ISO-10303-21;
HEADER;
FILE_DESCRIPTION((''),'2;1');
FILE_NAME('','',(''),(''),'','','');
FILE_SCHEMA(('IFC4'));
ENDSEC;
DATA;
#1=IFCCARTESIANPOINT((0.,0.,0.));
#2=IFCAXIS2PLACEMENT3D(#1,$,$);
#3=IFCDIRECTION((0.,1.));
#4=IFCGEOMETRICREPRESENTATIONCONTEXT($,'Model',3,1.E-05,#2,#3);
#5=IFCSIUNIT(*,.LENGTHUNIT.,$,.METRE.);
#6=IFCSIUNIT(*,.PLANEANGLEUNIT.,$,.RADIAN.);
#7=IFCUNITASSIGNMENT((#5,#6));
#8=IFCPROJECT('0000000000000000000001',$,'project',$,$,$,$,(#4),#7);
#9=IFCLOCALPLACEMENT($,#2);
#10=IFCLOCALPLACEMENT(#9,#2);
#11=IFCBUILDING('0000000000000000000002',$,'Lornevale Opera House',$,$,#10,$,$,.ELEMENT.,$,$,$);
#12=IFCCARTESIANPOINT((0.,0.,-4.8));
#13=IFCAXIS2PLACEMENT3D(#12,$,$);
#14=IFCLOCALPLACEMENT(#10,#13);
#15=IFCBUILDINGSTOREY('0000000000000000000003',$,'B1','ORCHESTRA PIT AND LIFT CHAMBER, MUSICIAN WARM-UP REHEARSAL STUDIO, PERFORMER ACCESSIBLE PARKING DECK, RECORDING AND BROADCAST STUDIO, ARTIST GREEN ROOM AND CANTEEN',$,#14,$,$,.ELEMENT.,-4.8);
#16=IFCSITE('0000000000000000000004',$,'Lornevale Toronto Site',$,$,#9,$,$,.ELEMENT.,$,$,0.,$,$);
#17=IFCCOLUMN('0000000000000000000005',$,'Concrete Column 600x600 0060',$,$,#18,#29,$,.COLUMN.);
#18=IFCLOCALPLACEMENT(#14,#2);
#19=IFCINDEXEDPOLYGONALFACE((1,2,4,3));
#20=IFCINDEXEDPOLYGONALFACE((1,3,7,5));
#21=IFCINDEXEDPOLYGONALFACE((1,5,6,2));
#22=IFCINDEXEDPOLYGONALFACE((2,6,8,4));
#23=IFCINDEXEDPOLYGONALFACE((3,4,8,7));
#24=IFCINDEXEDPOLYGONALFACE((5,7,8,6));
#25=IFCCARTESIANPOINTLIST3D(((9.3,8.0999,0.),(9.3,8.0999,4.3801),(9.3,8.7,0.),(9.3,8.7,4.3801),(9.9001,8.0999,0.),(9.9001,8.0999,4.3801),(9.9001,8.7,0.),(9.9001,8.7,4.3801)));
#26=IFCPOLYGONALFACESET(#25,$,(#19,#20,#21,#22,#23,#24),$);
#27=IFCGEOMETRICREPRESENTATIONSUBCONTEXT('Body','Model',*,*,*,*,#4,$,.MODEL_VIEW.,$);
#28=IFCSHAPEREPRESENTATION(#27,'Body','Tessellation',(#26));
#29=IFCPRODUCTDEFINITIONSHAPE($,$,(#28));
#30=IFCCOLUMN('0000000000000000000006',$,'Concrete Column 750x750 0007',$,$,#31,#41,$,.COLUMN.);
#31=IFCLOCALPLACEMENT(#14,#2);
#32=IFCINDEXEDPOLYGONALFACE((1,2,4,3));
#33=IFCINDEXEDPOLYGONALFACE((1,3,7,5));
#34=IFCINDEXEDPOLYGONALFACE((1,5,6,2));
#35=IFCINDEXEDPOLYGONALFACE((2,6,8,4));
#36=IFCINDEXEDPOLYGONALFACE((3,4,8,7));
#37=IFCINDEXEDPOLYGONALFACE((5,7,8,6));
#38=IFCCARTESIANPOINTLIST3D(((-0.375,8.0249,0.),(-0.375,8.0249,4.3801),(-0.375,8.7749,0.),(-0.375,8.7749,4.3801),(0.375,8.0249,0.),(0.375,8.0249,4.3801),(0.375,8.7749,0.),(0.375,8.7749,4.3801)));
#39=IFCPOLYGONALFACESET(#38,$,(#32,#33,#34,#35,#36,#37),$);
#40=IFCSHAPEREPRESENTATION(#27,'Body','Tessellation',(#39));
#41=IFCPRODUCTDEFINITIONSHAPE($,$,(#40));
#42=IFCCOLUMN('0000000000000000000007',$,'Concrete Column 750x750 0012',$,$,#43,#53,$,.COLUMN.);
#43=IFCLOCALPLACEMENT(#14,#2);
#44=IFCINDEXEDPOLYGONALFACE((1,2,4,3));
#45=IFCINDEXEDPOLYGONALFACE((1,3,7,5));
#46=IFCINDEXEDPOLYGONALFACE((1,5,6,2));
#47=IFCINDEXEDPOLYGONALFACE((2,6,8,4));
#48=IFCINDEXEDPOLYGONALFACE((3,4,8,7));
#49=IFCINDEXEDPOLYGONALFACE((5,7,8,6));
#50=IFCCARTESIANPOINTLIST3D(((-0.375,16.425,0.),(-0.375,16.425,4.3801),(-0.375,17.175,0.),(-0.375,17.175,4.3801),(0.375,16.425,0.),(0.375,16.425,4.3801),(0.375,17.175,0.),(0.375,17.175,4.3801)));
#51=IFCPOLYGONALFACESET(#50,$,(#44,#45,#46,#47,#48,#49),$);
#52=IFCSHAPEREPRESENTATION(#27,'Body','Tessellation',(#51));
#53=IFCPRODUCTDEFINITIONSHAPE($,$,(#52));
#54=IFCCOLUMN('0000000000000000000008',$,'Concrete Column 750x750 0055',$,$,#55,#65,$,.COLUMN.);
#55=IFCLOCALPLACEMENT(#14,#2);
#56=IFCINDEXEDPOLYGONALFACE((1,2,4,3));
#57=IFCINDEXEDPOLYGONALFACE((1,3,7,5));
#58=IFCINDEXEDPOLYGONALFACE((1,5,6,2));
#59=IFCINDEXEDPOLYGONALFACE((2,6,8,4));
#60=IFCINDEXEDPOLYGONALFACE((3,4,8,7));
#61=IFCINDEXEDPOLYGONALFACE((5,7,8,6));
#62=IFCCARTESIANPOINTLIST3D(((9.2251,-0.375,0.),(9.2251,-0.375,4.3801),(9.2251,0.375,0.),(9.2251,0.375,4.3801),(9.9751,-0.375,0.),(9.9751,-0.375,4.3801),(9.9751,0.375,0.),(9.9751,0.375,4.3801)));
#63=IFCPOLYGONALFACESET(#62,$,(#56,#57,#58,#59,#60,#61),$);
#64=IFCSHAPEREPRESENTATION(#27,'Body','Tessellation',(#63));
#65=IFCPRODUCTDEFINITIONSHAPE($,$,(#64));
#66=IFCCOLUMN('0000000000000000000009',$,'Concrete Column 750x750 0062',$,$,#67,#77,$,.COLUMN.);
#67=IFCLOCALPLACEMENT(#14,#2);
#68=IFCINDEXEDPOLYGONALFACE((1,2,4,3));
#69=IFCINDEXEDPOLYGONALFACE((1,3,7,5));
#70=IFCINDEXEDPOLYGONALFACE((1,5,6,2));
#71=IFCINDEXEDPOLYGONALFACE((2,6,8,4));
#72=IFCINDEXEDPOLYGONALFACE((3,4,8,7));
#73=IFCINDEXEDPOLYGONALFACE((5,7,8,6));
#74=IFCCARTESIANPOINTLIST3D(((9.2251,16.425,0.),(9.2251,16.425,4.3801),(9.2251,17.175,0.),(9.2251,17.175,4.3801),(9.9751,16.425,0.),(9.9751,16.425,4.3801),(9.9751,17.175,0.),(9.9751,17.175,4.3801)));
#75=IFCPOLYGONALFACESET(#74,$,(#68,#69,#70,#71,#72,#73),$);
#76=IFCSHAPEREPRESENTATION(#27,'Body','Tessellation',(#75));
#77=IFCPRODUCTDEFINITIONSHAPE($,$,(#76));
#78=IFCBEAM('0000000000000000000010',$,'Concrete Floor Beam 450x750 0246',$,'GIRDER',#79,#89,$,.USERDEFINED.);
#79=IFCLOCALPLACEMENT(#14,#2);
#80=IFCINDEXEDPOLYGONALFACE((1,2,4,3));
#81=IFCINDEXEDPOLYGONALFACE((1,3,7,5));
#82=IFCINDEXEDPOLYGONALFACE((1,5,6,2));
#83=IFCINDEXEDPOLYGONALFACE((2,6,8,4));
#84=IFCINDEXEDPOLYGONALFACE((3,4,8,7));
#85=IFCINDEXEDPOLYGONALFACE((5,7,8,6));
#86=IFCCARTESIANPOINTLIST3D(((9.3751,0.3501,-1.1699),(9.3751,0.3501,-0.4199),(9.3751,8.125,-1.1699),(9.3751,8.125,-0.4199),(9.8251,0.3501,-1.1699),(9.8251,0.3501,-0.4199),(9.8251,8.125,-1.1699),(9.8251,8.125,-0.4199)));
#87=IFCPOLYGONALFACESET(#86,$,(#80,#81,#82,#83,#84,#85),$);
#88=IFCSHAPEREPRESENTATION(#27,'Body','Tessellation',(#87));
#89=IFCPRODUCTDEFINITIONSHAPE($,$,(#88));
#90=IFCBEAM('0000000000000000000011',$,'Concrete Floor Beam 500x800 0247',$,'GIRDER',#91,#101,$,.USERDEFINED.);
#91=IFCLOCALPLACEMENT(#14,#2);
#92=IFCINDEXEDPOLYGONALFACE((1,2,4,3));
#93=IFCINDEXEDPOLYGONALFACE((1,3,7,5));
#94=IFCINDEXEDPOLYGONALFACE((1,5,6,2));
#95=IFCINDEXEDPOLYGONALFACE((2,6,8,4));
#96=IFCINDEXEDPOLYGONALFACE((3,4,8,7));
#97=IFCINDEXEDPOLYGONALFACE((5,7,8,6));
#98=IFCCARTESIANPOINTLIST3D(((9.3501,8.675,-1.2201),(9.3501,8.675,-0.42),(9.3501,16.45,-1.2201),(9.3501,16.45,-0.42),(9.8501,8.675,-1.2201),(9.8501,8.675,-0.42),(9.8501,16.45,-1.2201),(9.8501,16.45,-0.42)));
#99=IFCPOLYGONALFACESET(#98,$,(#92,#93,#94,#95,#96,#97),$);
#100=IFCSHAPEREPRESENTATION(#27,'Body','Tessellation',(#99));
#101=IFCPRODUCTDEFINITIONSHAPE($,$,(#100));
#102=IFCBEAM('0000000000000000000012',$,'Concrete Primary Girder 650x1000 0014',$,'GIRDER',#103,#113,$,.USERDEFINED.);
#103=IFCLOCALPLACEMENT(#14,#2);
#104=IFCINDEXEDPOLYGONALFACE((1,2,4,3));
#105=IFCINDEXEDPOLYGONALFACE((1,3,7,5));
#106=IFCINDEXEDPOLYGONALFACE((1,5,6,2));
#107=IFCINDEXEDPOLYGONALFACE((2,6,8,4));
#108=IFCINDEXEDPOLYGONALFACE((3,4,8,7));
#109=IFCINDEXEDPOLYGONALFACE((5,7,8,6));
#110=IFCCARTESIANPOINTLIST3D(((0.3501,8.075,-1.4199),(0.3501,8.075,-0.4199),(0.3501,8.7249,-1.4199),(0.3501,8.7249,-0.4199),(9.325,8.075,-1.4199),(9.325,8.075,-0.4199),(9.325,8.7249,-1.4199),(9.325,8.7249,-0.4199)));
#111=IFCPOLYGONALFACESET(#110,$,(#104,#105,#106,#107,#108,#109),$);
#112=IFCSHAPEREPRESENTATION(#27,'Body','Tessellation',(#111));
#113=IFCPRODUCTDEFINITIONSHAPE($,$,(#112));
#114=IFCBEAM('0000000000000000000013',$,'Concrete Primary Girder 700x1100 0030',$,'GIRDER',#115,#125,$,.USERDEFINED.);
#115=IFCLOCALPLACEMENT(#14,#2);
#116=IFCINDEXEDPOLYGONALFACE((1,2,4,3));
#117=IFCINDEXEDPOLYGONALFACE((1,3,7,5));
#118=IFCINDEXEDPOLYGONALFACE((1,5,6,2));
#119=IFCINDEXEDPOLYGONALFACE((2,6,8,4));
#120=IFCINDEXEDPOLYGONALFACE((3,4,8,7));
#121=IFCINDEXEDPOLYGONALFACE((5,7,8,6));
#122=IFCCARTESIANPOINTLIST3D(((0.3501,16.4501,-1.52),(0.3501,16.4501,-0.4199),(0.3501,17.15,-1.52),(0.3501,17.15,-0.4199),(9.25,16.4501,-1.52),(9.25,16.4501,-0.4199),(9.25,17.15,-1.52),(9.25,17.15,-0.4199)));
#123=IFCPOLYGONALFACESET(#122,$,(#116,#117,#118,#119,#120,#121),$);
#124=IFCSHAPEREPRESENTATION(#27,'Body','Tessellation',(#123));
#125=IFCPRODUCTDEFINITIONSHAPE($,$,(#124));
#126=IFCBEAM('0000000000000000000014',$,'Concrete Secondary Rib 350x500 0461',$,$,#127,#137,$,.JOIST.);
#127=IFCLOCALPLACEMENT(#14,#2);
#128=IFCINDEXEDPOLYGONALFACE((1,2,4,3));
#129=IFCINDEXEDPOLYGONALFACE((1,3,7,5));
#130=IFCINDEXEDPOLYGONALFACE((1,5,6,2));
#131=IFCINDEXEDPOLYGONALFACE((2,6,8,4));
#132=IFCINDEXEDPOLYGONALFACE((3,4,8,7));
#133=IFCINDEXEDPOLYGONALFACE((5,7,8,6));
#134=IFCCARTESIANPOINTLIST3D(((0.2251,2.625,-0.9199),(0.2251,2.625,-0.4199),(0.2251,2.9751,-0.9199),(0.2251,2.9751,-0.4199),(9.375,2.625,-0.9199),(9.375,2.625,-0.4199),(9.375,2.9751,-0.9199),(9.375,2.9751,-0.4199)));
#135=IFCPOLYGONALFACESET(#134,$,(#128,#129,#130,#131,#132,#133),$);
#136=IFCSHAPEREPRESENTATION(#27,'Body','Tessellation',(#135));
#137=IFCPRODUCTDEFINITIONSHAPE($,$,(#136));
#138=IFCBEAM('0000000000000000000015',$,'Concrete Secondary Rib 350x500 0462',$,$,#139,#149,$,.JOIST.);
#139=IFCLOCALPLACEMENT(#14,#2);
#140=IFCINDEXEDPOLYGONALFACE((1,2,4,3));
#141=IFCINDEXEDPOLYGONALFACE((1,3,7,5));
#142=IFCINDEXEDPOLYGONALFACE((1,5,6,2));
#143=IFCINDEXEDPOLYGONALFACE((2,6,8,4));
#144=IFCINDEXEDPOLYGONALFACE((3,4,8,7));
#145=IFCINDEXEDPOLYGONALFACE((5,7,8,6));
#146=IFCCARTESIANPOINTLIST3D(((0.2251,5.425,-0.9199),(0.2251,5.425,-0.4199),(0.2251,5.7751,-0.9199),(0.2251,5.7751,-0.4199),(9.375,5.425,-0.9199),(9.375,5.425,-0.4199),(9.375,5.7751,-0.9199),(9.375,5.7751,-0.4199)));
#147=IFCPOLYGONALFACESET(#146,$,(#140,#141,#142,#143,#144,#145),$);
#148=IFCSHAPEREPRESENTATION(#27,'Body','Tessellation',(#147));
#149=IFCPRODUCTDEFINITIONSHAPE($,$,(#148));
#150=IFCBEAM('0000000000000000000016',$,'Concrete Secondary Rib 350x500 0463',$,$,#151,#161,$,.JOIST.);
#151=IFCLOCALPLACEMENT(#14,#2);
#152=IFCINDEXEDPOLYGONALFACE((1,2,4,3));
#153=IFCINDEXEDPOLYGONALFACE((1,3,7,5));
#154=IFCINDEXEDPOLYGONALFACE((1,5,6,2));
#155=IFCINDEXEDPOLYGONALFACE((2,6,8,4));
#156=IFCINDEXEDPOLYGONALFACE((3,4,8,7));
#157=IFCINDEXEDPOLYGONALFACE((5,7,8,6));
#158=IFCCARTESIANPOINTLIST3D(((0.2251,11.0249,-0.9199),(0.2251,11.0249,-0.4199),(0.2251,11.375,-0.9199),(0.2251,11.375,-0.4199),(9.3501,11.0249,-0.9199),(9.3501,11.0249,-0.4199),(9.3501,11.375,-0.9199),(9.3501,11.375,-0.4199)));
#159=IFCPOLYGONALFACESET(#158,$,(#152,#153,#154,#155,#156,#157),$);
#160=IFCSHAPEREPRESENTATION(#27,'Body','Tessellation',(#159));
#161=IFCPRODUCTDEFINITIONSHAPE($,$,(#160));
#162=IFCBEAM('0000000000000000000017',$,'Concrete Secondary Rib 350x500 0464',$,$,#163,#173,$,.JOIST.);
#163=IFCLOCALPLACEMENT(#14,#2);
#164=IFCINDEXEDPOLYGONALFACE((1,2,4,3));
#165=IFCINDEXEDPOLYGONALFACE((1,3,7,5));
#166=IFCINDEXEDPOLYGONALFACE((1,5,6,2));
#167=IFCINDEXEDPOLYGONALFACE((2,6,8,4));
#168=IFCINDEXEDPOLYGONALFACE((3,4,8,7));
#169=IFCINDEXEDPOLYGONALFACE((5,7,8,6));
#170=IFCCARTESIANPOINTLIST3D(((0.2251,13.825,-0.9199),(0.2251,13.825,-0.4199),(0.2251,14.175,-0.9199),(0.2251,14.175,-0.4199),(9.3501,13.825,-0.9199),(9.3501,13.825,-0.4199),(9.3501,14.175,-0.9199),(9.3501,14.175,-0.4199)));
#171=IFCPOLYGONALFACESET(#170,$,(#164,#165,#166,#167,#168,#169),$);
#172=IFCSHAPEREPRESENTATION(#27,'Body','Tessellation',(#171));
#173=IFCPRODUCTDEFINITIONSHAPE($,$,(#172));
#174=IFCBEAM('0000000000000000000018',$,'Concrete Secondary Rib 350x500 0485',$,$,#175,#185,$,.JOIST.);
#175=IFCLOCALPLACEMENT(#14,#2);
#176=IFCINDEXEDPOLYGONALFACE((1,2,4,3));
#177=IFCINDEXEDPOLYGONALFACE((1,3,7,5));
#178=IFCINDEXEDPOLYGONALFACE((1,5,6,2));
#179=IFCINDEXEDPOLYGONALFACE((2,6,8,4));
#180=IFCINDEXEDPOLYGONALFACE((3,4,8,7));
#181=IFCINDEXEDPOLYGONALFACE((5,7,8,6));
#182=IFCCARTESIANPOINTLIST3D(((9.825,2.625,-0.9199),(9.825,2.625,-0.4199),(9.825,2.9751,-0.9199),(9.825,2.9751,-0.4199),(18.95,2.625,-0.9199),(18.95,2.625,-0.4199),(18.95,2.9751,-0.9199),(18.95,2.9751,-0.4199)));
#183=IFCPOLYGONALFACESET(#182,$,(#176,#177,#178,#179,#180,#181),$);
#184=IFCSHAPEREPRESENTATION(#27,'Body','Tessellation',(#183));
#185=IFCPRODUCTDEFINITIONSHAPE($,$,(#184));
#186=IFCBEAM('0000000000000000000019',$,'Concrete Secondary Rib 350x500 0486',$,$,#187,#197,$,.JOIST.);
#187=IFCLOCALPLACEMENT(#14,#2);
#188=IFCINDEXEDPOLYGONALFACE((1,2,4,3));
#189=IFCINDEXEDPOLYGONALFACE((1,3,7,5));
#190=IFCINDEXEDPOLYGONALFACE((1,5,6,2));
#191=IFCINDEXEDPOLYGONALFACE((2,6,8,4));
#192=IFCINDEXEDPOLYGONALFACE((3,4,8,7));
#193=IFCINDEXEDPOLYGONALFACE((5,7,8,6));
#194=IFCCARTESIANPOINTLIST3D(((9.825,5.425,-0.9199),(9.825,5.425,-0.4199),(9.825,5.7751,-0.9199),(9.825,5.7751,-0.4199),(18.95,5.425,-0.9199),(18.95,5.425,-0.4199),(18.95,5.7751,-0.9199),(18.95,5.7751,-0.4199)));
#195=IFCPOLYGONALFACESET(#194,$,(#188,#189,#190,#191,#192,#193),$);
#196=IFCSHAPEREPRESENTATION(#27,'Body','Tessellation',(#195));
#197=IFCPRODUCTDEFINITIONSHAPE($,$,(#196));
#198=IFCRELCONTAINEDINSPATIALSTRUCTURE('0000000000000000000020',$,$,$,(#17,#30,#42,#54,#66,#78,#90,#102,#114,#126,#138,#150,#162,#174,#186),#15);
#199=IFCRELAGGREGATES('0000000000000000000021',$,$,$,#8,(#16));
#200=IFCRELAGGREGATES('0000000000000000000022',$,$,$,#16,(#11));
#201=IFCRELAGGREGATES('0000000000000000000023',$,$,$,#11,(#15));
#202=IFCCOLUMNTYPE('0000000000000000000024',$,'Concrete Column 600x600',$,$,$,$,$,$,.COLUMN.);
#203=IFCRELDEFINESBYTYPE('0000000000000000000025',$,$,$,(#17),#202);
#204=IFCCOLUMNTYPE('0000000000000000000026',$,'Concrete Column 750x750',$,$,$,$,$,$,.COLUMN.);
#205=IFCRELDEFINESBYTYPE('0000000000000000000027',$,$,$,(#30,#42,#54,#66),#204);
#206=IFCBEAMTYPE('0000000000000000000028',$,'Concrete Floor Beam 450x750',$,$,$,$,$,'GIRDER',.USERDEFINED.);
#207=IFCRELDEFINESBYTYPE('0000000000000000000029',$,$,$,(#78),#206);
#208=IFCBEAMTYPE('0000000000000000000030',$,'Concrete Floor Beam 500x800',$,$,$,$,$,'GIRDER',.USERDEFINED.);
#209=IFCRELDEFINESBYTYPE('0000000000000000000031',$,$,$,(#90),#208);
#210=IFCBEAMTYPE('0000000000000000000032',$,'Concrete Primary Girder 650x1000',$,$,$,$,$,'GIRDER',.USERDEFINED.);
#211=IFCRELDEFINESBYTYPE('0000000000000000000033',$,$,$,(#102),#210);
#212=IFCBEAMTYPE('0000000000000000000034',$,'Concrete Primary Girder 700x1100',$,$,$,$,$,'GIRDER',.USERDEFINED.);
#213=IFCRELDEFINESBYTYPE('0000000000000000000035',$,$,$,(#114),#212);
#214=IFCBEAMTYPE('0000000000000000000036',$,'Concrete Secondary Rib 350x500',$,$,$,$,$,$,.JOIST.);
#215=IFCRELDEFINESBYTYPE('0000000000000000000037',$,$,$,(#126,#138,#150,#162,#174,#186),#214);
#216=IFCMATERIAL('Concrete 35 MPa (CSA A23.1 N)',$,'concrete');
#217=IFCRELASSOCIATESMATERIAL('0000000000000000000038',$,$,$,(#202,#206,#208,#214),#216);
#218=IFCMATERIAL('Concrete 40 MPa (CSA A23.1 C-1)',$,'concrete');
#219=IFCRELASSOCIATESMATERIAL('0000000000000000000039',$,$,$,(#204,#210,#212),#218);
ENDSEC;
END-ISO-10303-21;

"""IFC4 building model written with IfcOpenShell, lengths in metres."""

from ifc_helpers import new_model, si_unit, direction, frame, origin, origin_2d, place, context, subcontext, project, spatial, rectangle, extrude, material, material_profile, profile_set, type_object, element, save


model = new_model("IFC4")

# Units and contexts
model_context = context("Model", 3, precision=1e-05, world=origin(), true_north=direction((0.0, 1.0)))
body_context = subcontext(model_context, "Body", "Model", "MODEL_VIEW")
ifc_project = project(units=[si_unit("LENGTHUNIT", "METRE"), si_unit("PLANEANGLEUNIT", "RADIAN")], contexts=[model_context])

# Site, building, storey
site_placement = place(None, origin())
site = spatial("IfcSite", under=ifc_project, at=site_placement, Name="Lornevale Toronto Site", CompositionType="ELEMENT", RefElevation=0.0)
building_placement = place(site_placement, origin())
building = spatial("IfcBuilding", under=site, at=building_placement, Name="Lornevale Opera House", CompositionType="ELEMENT")
storey_placement = place(building_placement, frame((0.0, 0.0, -4.8)))
storey = spatial("IfcBuildingStorey", under=building, at=storey_placement, Name="B1", Description="ORCHESTRA PIT AND LIFT CHAMBER, MUSICIAN WARM-UP REHEARSAL STUDIO, PERFORMER ACCESSIBLE PARKING DECK, RECORDING AND BROADCAST STUDIO, ARTIST GREEN ROOM AND CANTEEN", CompositionType="ELEMENT", Elevation=-4.8)

# Columns
ifc_material_1 = material(Name="Concrete 35 MPa (CSA A23.1 N)", Category="concrete")
ifc_material_profile_1 = material_profile(ifc_material_1, rectangle(XDim=0.6001, YDim=0.6001, at=origin_2d()), Name="RC600x600")
ifc_profile_set_1 = profile_set([ifc_material_profile_1], Name="Concrete 35 MPa (CSA A23.1 N)")
column_type_1 = type_object("IfcColumnType", Name="Concrete Column 600x600", PredefinedType="COLUMN", material=ifc_profile_set_1)
column_placement = place(storey_placement, frame((9.6001, 8.3999, 0.0), z_axis=(0.0, 0.0, 1.0), x_axis=(1.0, 0.0, 0.0)))
element("IfcColumn", 1, at=column_placement, inside=storey, type_object=column_type_1, Name="Concrete Column 600x600 0060", PredefinedType="COLUMN", context=body_context, shape_type="SweptSolid", body=[
    extrude(rectangle(XDim=0.6001, YDim=0.6001, at=origin_2d()), origin(), (0.0, 0.0, 1.0), 4.3801),
])
ifc_material_2 = material(Name="Concrete 40 MPa (CSA A23.1 C-1)", Category="concrete")
ifc_material_profile_2 = material_profile(ifc_material_2, rectangle(XDim=0.75, YDim=0.75, at=origin_2d()), Name="RC750x750")
ifc_profile_set_2 = profile_set([ifc_material_profile_2], Name="Concrete 40 MPa (CSA A23.1 C-1)")
column_type_2 = type_object("IfcColumnType", Name="Concrete Column 750x750", PredefinedType="COLUMN", material=ifc_profile_set_2)
for number, where, z_axis, x_axis, name in (
    (2, (0.0, 8.3999, 0.0), (0.0, 0.0, 1.0), (1.0, 0.0, 0.0), "Concrete Column 750x750 0007"),
    (3, (0.0, 16.8, 0.0), (0.0, 0.0, 1.0), (1.0, 0.0, 0.0), "Concrete Column 750x750 0012"),
    (4, (9.6001, 0.0, 0.0), (0.0, 0.0, 1.0), (1.0, 0.0, 0.0), "Concrete Column 750x750 0055"),
    (5, (9.6001, 16.8, 0.0), (0.0, 0.0, 1.0), (1.0, 0.0, 0.0), "Concrete Column 750x750 0062"),
):
    element("IfcColumn", number, at=place(storey_placement, frame(where, z_axis=z_axis, x_axis=x_axis)), inside=storey, type_object=column_type_2, Name=name, PredefinedType="COLUMN", context=body_context, shape_type="SweptSolid", body=[
        extrude(rectangle(XDim=0.75, YDim=0.75, at=origin_2d()), origin(), (0.0, 0.0, 1.0), 4.3801),
    ])

# Beams
ifc_material_profile_3 = material_profile(ifc_material_1, rectangle(XDim=0.45, YDim=0.75, at=origin_2d()), Name="RC450x750")
ifc_profile_set_3 = profile_set([ifc_material_profile_3], Name="Concrete 35 MPa (CSA A23.1 N)")
beam_type_1 = type_object("IfcBeamType", Name="Concrete Floor Beam 450x750", ElementType="GIRDER", PredefinedType="USERDEFINED", material=ifc_profile_set_3)
beam_1_placement = place(storey_placement, frame((9.6001, 0.3501, -0.7949), z_axis=(0.0, 1.0, 0.0), x_axis=(-1.0, 0.0, 0.0)))
element("IfcBeam", 6, at=beam_1_placement, inside=storey, type_object=beam_type_1, Name="Concrete Floor Beam 450x750 0246", ObjectType="GIRDER", PredefinedType="USERDEFINED", context=body_context, shape_type="SweptSolid", body=[
    extrude(rectangle(XDim=0.45, YDim=0.75, at=origin_2d()), origin(), (0.0, 0.0, 1.0), 7.7749),
])
ifc_material_profile_4 = material_profile(ifc_material_1, rectangle(XDim=0.5, YDim=0.8, at=origin_2d()), Name="RC500x800")
ifc_profile_set_4 = profile_set([ifc_material_profile_4], Name="Concrete 35 MPa (CSA A23.1 N)")
beam_type_2 = type_object("IfcBeamType", Name="Concrete Floor Beam 500x800", ElementType="GIRDER", PredefinedType="USERDEFINED", material=ifc_profile_set_4)
beam_2_placement = place(storey_placement, frame((9.6001, 8.675, -0.8201), z_axis=(0.0, 1.0, 0.0), x_axis=(-1.0, 0.0, 0.0)))
element("IfcBeam", 7, at=beam_2_placement, inside=storey, type_object=beam_type_2, Name="Concrete Floor Beam 500x800 0247", ObjectType="GIRDER", PredefinedType="USERDEFINED", context=body_context, shape_type="SweptSolid", body=[
    extrude(rectangle(XDim=0.5, YDim=0.8, at=origin_2d()), origin(), (0.0, 0.0, 1.0), 7.7749),
])
ifc_material_profile_5 = material_profile(ifc_material_2, rectangle(XDim=0.6499, YDim=1.0, at=origin_2d()), Name="RC650x1000")
ifc_profile_set_5 = profile_set([ifc_material_profile_5], Name="Concrete 40 MPa (CSA A23.1 C-1)")
beam_type_3 = type_object("IfcBeamType", Name="Concrete Primary Girder 650x1000", ElementType="GIRDER", PredefinedType="USERDEFINED", material=ifc_profile_set_5)
beam_3_placement = place(storey_placement, frame((0.3501, 8.3999, -0.9199), z_axis=(1.0, 0.0, 0.0), x_axis=(0.0, 1.0, 0.0)))
element("IfcBeam", 8, at=beam_3_placement, inside=storey, type_object=beam_type_3, Name="Concrete Primary Girder 650x1000 0014", ObjectType="GIRDER", PredefinedType="USERDEFINED", context=body_context, shape_type="SweptSolid", body=[
    extrude(rectangle(XDim=0.6499, YDim=1.0, at=origin_2d()), origin(), (0.0, 0.0, 1.0), 8.9749),
])
ifc_material_profile_6 = material_profile(ifc_material_2, rectangle(XDim=0.7, YDim=1.1001, at=origin_2d()), Name="RC700x1100")
ifc_profile_set_6 = profile_set([ifc_material_profile_6], Name="Concrete 40 MPa (CSA A23.1 C-1)")
beam_type_4 = type_object("IfcBeamType", Name="Concrete Primary Girder 700x1100", ElementType="GIRDER", PredefinedType="USERDEFINED", material=ifc_profile_set_6)
beam_4_placement = place(storey_placement, frame((0.3501, 16.8, -0.97), z_axis=(1.0, 0.0, 0.0), x_axis=(0.0, 1.0, 0.0)))
element("IfcBeam", 9, at=beam_4_placement, inside=storey, type_object=beam_type_4, Name="Concrete Primary Girder 700x1100 0030", ObjectType="GIRDER", PredefinedType="USERDEFINED", context=body_context, shape_type="SweptSolid", body=[
    extrude(rectangle(XDim=0.7, YDim=1.1001, at=origin_2d()), origin(), (0.0, 0.0, 1.0), 8.8999),
])
ifc_material_profile_7 = material_profile(ifc_material_1, rectangle(XDim=0.3501, YDim=0.5, at=origin_2d()), Name="RC350x500")
ifc_profile_set_7 = profile_set([ifc_material_profile_7], Name="Concrete 35 MPa (CSA A23.1 N)")
beam_type_5 = type_object("IfcBeamType", Name="Concrete Secondary Rib 350x500", PredefinedType="JOIST", material=ifc_profile_set_7)
for number, where, z_axis, x_axis, name in (
    (10, (0.2251, 2.8, -0.6699), (1.0, 0.0, 0.0), (0.0, 1.0, 0.0), "Concrete Secondary Rib 350x500 0461"),
    (11, (0.2251, 5.6001, -0.6699), (1.0, 0.0, 0.0), (0.0, 1.0, 0.0), "Concrete Secondary Rib 350x500 0462"),
):
    element("IfcBeam", number, at=place(storey_placement, frame(where, z_axis=z_axis, x_axis=x_axis)), inside=storey, type_object=beam_type_5, Name=name, PredefinedType="JOIST", context=body_context, shape_type="SweptSolid", body=[
        extrude(rectangle(XDim=0.3501, YDim=0.5, at=origin_2d()), origin(), (0.0, 0.0, 1.0), 9.1499),
    ])
for number, where, z_axis, x_axis, name in (
    (12, (0.2251, 11.2, -0.6699), (1.0, 0.0, 0.0), (0.0, 1.0, 0.0), "Concrete Secondary Rib 350x500 0463"),
    (13, (0.2251, 14.0, -0.6699), (1.0, 0.0, 0.0), (0.0, 1.0, 0.0), "Concrete Secondary Rib 350x500 0464"),
    (14, (9.825, 2.8, -0.6699), (1.0, 0.0, 0.0), (0.0, 1.0, 0.0), "Concrete Secondary Rib 350x500 0485"),
    (15, (9.825, 5.6001, -0.6699), (1.0, 0.0, 0.0), (0.0, 1.0, 0.0), "Concrete Secondary Rib 350x500 0486"),
):
    element("IfcBeam", number, at=place(storey_placement, frame(where, z_axis=z_axis, x_axis=x_axis)), inside=storey, type_object=beam_type_5, Name=name, PredefinedType="JOIST", context=body_context, shape_type="SweptSolid", body=[
        extrude(rectangle(XDim=0.3501, YDim=0.5, at=origin_2d()), origin(), (0.0, 0.0, 1.0), 9.125),
    ])

save(model, "model.ifc")
